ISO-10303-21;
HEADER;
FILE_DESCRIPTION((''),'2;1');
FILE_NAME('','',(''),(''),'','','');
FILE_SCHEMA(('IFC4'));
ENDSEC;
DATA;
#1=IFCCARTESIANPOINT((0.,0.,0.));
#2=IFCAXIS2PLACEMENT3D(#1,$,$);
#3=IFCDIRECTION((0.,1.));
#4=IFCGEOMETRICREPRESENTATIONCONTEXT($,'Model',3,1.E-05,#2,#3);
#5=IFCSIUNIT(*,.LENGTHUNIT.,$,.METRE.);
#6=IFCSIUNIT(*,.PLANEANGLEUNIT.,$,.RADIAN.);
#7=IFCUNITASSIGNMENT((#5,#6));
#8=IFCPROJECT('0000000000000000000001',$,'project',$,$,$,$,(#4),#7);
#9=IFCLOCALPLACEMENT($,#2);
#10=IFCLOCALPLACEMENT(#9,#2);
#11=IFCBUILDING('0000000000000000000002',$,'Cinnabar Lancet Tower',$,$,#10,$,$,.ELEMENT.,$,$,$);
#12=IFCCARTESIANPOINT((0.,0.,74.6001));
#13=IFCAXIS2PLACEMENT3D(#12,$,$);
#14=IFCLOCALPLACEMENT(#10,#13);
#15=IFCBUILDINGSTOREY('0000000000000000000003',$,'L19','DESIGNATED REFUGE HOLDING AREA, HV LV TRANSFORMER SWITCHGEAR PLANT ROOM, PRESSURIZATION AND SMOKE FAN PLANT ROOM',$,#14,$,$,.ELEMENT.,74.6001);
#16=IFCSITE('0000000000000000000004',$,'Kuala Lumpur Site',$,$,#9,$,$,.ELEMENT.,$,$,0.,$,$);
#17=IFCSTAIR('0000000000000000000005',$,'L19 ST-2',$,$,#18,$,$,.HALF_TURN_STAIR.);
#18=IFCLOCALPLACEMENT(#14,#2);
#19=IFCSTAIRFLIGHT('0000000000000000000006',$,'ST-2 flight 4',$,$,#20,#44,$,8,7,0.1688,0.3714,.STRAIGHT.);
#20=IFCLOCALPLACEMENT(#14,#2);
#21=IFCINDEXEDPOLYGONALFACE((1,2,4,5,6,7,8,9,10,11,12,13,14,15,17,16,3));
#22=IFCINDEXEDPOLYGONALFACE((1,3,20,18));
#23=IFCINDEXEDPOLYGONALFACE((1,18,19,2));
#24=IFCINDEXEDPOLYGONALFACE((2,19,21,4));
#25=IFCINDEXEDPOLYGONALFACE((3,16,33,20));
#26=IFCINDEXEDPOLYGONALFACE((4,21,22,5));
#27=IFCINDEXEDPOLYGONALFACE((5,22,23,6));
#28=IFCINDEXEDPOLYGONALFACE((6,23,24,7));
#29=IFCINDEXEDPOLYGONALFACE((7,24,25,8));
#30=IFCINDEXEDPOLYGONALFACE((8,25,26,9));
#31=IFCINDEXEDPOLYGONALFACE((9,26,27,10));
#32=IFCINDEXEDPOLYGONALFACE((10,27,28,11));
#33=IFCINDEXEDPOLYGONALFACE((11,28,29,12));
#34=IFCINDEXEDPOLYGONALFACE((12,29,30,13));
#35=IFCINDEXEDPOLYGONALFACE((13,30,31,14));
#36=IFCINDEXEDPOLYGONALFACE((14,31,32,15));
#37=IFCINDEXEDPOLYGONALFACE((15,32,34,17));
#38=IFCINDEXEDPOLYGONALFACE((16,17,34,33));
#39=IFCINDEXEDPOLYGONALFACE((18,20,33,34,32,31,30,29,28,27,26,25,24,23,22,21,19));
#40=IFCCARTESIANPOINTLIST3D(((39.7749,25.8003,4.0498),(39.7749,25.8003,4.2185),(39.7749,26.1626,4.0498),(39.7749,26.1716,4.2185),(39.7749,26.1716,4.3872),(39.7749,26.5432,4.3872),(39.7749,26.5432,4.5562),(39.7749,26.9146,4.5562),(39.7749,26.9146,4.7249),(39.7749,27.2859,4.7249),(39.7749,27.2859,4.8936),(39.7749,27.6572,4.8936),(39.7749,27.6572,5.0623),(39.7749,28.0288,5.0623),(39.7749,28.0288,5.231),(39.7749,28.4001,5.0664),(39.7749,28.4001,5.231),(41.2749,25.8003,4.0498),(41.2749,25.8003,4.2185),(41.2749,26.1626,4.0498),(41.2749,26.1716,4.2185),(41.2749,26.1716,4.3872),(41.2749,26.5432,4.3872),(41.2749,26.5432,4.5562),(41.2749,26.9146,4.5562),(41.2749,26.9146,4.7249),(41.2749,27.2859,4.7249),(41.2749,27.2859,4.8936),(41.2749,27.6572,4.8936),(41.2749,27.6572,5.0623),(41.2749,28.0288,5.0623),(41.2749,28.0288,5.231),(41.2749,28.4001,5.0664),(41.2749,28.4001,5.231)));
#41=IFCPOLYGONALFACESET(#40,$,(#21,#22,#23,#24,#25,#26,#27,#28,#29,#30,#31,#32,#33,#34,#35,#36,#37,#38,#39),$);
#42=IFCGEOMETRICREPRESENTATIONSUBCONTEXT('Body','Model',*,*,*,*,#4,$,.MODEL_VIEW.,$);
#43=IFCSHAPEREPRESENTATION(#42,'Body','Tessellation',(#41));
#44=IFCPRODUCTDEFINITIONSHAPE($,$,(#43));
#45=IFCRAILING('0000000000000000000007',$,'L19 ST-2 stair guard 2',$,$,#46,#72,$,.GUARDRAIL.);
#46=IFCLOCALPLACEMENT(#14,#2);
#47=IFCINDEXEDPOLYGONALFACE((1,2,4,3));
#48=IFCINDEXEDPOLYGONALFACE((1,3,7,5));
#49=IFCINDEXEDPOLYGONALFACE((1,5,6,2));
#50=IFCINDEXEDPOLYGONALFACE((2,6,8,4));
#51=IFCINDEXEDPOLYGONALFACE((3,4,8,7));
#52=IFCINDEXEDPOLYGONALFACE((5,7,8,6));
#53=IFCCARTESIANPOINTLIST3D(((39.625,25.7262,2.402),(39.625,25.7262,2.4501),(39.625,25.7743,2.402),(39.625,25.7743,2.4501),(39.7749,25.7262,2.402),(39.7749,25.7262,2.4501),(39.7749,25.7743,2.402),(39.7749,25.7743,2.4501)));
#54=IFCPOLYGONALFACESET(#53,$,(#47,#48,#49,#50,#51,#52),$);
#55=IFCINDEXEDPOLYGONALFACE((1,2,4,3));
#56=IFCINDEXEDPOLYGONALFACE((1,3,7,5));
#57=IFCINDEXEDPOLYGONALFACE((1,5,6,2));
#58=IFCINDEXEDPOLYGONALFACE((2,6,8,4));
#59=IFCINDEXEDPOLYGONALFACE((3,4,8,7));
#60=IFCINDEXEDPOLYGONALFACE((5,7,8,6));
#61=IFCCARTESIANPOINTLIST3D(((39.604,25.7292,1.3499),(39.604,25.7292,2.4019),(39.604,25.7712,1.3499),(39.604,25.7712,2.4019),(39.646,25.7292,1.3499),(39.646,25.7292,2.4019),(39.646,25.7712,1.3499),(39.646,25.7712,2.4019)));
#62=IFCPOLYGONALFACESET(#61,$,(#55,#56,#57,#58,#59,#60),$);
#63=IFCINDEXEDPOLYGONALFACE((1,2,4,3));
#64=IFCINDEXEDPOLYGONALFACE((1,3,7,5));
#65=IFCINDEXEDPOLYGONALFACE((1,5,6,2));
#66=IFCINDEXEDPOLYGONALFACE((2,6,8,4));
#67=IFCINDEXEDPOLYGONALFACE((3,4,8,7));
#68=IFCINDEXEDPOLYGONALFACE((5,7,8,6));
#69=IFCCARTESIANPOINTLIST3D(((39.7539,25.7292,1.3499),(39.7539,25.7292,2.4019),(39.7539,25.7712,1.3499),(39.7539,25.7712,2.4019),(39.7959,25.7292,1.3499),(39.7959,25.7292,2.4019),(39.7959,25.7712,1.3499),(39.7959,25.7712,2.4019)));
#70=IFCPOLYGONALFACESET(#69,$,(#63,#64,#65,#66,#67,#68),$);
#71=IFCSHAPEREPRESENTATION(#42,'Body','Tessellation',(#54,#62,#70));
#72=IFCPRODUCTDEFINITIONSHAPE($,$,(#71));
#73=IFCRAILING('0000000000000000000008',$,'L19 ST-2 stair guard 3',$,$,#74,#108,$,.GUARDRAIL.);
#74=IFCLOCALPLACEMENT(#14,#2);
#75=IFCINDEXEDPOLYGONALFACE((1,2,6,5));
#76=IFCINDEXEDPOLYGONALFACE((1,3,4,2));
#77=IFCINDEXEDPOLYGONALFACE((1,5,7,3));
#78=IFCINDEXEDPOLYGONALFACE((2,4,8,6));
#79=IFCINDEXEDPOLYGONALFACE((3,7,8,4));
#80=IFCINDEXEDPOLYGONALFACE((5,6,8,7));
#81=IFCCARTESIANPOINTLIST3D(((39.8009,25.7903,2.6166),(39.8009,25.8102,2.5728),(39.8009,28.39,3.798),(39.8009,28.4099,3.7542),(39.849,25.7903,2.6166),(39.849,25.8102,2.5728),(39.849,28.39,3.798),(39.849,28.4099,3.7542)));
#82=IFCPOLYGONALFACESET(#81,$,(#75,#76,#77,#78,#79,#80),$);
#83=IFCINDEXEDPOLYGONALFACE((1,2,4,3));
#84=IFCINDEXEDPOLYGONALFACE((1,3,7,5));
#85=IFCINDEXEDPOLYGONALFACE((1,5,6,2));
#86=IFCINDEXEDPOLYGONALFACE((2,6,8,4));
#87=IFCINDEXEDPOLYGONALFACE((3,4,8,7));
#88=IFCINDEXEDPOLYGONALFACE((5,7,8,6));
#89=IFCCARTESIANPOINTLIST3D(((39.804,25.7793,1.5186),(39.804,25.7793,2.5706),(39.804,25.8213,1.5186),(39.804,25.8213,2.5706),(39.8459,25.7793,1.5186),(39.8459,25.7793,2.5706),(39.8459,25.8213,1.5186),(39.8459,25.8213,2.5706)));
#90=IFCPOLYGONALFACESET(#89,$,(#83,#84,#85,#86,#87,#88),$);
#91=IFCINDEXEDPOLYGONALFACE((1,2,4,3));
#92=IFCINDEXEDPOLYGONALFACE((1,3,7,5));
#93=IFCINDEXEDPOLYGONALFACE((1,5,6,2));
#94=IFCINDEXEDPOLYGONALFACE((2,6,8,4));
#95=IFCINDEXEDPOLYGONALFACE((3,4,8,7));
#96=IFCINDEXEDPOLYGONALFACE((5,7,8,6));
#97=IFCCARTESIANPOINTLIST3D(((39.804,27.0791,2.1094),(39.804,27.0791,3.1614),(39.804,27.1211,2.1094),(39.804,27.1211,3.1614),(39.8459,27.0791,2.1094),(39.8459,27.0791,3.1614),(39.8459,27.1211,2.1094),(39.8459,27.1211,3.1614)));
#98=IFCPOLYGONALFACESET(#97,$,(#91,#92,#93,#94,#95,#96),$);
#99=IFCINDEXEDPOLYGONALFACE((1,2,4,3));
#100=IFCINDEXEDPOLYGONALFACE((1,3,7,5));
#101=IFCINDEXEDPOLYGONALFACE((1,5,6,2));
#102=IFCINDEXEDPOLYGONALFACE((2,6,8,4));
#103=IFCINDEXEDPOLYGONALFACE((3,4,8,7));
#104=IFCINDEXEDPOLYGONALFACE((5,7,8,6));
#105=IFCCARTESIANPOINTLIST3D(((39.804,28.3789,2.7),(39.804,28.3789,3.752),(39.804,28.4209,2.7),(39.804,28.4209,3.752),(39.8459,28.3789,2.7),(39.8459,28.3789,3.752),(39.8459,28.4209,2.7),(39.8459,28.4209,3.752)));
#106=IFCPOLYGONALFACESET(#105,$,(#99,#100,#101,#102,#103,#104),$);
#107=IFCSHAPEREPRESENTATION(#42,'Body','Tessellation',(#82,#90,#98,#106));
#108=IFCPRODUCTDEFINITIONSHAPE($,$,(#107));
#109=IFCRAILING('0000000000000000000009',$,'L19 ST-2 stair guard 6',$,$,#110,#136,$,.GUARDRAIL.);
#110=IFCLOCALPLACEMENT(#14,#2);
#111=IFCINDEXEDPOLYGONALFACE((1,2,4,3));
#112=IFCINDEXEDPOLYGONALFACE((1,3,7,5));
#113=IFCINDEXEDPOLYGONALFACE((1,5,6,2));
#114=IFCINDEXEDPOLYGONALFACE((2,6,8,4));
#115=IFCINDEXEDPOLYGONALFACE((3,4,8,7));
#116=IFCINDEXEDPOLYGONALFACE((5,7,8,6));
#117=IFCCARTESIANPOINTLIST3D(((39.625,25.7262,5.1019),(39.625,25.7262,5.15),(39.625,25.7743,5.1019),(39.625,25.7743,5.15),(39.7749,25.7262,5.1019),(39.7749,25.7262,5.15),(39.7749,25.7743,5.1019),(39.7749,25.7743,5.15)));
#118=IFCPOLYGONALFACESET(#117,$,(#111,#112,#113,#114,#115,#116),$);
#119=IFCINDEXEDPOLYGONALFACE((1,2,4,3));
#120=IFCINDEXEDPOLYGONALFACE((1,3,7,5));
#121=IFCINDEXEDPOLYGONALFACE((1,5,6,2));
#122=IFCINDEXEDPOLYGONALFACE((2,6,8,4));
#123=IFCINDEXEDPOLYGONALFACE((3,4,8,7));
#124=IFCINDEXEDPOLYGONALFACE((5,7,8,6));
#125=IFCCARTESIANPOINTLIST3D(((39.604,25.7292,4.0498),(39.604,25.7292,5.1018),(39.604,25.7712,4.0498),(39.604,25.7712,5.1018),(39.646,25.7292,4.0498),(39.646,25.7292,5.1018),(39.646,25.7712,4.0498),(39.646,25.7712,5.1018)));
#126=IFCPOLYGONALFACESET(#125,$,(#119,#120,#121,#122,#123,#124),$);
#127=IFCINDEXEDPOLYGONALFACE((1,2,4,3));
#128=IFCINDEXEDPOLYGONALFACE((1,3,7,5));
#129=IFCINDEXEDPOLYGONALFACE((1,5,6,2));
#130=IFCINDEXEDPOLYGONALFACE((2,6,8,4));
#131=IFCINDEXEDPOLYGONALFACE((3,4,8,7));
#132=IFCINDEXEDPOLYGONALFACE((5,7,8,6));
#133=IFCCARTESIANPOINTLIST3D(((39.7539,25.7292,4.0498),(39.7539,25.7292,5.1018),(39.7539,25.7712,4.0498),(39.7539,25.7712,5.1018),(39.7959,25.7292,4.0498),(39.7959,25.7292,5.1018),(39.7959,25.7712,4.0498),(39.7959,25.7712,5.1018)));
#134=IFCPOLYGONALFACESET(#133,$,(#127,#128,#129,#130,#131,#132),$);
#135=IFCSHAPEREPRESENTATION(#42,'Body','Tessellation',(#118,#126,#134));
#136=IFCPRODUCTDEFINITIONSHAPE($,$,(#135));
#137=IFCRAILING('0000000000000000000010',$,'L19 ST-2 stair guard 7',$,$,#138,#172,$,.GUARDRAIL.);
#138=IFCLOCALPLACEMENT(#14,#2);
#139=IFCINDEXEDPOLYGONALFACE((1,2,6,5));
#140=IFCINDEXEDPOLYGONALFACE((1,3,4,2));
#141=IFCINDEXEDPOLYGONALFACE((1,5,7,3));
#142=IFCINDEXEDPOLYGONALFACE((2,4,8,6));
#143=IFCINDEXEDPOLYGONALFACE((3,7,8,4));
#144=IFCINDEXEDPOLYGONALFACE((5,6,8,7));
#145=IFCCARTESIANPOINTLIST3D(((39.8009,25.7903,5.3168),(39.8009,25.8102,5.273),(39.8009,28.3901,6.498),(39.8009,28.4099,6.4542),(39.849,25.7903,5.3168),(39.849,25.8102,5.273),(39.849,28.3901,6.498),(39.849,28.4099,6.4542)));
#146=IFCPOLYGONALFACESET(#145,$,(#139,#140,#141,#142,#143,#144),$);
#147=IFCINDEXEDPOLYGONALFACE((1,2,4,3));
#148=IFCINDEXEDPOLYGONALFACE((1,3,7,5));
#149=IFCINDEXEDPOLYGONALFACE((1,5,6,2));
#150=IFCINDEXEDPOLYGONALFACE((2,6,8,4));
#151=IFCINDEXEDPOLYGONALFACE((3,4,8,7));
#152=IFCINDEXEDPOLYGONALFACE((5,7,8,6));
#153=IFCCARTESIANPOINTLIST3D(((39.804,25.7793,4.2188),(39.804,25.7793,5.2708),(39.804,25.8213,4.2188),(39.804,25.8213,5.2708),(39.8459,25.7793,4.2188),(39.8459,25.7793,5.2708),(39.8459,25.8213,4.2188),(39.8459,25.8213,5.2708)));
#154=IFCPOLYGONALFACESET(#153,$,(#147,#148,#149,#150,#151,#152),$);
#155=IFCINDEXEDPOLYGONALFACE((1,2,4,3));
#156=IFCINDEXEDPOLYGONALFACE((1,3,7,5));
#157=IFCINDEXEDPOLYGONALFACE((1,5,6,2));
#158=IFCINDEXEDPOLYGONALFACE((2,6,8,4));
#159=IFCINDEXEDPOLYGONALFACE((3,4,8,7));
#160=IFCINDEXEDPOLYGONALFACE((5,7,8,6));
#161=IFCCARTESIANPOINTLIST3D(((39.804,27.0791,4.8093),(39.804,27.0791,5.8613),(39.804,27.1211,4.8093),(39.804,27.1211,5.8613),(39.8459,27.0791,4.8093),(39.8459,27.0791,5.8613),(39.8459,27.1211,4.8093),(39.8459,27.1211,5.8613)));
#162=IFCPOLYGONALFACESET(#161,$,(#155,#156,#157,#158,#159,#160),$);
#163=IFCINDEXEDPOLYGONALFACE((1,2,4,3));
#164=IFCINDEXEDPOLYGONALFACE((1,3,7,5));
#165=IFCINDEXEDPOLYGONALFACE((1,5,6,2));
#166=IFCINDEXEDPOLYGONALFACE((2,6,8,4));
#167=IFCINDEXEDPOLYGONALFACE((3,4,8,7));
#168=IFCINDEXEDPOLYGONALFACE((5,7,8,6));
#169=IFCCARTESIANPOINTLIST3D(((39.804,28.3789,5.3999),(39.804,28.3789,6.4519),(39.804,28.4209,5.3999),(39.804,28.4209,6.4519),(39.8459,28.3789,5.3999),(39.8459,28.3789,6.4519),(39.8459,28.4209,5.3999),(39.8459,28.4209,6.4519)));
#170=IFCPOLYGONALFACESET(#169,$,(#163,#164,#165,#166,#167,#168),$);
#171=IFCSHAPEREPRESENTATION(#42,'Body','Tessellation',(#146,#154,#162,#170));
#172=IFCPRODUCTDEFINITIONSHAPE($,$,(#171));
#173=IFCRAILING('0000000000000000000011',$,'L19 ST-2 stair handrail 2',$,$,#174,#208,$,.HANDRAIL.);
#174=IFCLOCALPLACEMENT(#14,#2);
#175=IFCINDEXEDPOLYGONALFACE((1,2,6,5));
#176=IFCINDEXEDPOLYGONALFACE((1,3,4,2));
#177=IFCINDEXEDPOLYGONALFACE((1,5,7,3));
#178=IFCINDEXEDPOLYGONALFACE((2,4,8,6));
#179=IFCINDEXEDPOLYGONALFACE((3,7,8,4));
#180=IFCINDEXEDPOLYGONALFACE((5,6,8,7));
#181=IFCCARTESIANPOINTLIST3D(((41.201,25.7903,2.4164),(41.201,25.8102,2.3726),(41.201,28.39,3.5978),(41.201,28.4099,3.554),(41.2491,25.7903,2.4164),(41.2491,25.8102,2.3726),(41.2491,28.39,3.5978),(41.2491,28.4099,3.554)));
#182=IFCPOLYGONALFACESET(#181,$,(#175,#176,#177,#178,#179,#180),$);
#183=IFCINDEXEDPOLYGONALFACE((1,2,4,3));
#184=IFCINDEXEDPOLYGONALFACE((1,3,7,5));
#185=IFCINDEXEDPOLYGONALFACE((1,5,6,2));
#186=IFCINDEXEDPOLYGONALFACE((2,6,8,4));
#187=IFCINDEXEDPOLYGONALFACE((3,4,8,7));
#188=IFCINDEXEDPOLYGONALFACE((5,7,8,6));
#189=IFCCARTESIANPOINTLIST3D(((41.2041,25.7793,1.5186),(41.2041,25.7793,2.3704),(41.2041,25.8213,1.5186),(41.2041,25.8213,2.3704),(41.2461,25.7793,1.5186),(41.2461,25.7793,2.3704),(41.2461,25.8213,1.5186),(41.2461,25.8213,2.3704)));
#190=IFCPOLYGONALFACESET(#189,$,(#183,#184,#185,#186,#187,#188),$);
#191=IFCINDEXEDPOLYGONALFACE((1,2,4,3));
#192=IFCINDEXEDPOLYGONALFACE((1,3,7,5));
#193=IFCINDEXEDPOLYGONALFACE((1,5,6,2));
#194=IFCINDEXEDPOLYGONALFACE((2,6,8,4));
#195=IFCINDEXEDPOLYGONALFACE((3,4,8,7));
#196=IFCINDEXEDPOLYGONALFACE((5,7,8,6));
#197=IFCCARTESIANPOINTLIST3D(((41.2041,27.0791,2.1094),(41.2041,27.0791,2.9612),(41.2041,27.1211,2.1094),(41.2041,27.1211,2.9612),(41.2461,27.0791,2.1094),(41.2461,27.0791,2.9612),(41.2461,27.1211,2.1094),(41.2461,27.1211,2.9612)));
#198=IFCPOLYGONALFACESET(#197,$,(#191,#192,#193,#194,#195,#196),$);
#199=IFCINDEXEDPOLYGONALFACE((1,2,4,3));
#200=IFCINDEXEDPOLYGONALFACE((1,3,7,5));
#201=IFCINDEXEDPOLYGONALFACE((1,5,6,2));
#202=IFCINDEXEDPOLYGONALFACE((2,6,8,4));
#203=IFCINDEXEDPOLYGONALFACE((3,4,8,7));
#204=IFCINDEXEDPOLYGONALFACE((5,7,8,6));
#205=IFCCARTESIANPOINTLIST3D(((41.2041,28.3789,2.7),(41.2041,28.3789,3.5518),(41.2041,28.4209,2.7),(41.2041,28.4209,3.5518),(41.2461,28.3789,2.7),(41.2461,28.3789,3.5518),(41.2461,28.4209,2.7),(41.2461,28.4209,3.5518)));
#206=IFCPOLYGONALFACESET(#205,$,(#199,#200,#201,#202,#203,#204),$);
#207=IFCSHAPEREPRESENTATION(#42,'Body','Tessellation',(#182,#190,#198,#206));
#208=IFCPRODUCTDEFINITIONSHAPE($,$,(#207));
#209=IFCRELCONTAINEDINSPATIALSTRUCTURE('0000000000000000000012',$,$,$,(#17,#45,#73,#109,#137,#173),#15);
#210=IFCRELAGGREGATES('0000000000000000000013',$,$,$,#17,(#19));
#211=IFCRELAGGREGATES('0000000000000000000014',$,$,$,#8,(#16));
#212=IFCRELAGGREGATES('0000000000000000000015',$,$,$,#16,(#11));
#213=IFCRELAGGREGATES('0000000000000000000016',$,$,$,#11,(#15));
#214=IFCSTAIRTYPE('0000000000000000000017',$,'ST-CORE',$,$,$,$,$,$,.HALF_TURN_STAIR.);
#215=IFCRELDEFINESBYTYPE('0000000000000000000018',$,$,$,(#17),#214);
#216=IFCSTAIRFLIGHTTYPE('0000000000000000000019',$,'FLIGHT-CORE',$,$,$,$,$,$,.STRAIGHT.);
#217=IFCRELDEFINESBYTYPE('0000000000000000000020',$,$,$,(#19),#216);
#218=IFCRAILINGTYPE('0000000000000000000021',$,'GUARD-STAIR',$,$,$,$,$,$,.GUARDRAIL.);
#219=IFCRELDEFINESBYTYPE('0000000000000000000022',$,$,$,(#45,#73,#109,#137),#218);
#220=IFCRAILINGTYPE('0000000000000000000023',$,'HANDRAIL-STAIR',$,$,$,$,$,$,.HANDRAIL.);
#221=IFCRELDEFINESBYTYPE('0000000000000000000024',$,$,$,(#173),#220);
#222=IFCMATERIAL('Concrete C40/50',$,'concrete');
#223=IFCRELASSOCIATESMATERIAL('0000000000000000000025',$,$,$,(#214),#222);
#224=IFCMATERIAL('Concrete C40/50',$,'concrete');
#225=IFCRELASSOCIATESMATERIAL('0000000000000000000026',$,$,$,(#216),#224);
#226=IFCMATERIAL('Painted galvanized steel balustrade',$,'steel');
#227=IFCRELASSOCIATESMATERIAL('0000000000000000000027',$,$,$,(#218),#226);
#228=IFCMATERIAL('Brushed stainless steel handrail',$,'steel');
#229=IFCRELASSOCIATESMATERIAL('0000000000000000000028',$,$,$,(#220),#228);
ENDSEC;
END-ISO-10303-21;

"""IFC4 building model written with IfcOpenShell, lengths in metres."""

from ifc_helpers import new_model, si_unit, direction, frame, origin, origin_2d, place, context, subcontext, project, spatial, polyline, rectangle, outline, extrude, material, type_object, element, aggregate, save


model = new_model("IFC4")

# Units and contexts
model_context = context("Model", 3, precision=1e-05, world=origin(), true_north=direction((0.0, 1.0)))
body_context = subcontext(model_context, "Body", "Model", "MODEL_VIEW")
ifc_project = project(units=[si_unit("LENGTHUNIT", "METRE"), si_unit("PLANEANGLEUNIT", "RADIAN")], contexts=[model_context])

# Site, building, storey
site_placement = place(None, origin())
site = spatial("IfcSite", under=ifc_project, at=site_placement, Name="Kuala Lumpur Site", CompositionType="ELEMENT", RefElevation=0.0)
building_placement = place(site_placement, origin())
building = spatial("IfcBuilding", under=site, at=building_placement, Name="Cinnabar Lancet Tower", CompositionType="ELEMENT")
storey_placement = place(building_placement, frame((0.0, 0.0, 74.6001)))
storey = spatial("IfcBuildingStorey", under=building, at=storey_placement, Name="L19", Description="DESIGNATED REFUGE HOLDING AREA, HV LV TRANSFORMER SWITCHGEAR PLANT ROOM, PRESSURIZATION AND SMOKE FAN PLANT ROOM", CompositionType="ELEMENT", Elevation=74.6001)

# Stair, stair flight
ifc_material_1 = material(Name="Concrete C40/50", Category="concrete")
stair_type = type_object("IfcStairType", Name="ST-CORE", PredefinedType="HALF_TURN_STAIR", material=ifc_material_1)
stair_placement = place(storey_placement, origin())
stair = element("IfcStair", 1, at=stair_placement, inside=storey, type_object=stair_type, Name="L19 ST-2", PredefinedType="HALF_TURN_STAIR")
ifc_material_2 = material(Name="Concrete C40/50", Category="concrete")
stair_flight_type = type_object("IfcStairFlightType", Name="FLIGHT-CORE", PredefinedType="STRAIGHT", material=ifc_material_2)
stair_flight_1_placement = place(storey_placement, frame((40.5249, 25.8003, 4.0498), z_axis=(0.0, 0.0, 1.0), x_axis=(0.0, 1.0, 0.0)))
stair_flight_1 = element("IfcStairFlight", 2, at=stair_flight_1_placement, type_object=stair_flight_type, Name="ST-2 flight 4", NumberOfRisers=8, NumberOfTreads=7, PredefinedType="STRAIGHT", RiserHeight=0.1688, TreadLength=0.3714, context=body_context, shape_type="SweptSolid", body=[
    extrude(outline(polyline([(0.0, 0.0), (0.0, 0.1687), (0.3713, 0.1687), (0.3713, 0.3374), (0.7429, 0.3374), (0.7429, 0.5063), (1.1143, 0.5063), (1.1143, 0.675), (1.4856, 0.675), (1.4856, 0.8438), (1.8569, 0.8438), (1.8569, 1.0125), (2.2285, 1.0125), (2.2285, 1.1812), (2.5999, 1.1812), (2.5999, 1.3501), (2.5999, 1.0166), (0.3623, 0.0), (0.0, 0.0)])), frame((0.0, 0.75, 0.0), z_axis=(0.0, -1.0, 0.0), x_axis=(1.0, 0.0, 0.0)), (0.0, 0.0, 1.0), 1.5),
])
aggregate(stair, [stair_flight_1])

# Railings
ifc_material_3 = material(Name="Painted galvanized steel balustrade", Category="steel")
railing_type_1 = type_object("IfcRailingType", Name="GUARD-STAIR", PredefinedType="GUARDRAIL", material=ifc_material_3)
railing_1_placement = place(storey_placement, frame((39.625, 25.7502, 1.3499)))
element("IfcRailing", 3, at=railing_1_placement, inside=storey, type_object=railing_type_1, Name="L19 ST-2 stair guard 2", PredefinedType="GUARDRAIL", context=body_context, shape_type="SweptSolid", body=[
    extrude(rectangle(XDim=0.0481, YDim=0.0481, at=origin_2d()), frame((0.0, 0.0, 1.0762), z_axis=(1.0, 0.0, 0.0), x_axis=(0.0, 1.0, 0.0)), (0.0, 0.0, 1.0), 0.1499),
    extrude(rectangle(XDim=0.042, YDim=0.042, at=origin_2d()), origin(), (0.0, 0.0, 1.0), 1.052),
    extrude(rectangle(XDim=0.042, YDim=0.042, at=origin_2d()), frame((0.1499, 0.0, 0.0)), (0.0, 0.0, 1.0), 1.052),
])
railing_2_placement = place(storey_placement, frame((39.825, 25.8003, 1.5186)))
element("IfcRailing", 4, at=railing_2_placement, inside=storey, type_object=railing_type_1, Name="L19 ST-2 stair guard 3", PredefinedType="GUARDRAIL", context=body_context, shape_type="SweptSolid", body=[
    extrude(rectangle(XDim=0.0481, YDim=0.0481, at=origin_2d()), frame((0.0, 0.0, 1.0762), z_axis=(0.0, 0.910399, 0.413732), x_axis=(-1.0, 0.0, 0.0)), (0.0, 0.0, 1.0), 2.8555),
    extrude(rectangle(XDim=0.042, YDim=0.042, at=origin_2d()), origin(), (0.0, 0.0, 1.0), 1.052),
    extrude(rectangle(XDim=0.042, YDim=0.042, at=origin_2d()), frame((0.0, 1.2998, 0.5908)), (0.0, 0.0, 1.0), 1.052),
    extrude(rectangle(XDim=0.042, YDim=0.042, at=origin_2d()), frame((0.0, 2.5996, 1.1814)), (0.0, 0.0, 1.0), 1.052),
])
railing_3_placement = place(storey_placement, frame((39.625, 25.7502, 4.0498)))
element("IfcRailing", 5, at=railing_3_placement, inside=storey, type_object=railing_type_1, Name="L19 ST-2 stair guard 6", PredefinedType="GUARDRAIL", context=body_context, shape_type="SweptSolid", body=[
    extrude(rectangle(XDim=0.0481, YDim=0.0481, at=origin_2d()), frame((0.0, 0.0, 1.0762), z_axis=(1.0, 0.0, 0.0), x_axis=(0.0, 1.0, 0.0)), (0.0, 0.0, 1.0), 0.1499),
    extrude(rectangle(XDim=0.042, YDim=0.042, at=origin_2d()), origin(), (0.0, 0.0, 1.0), 1.052),
    extrude(rectangle(XDim=0.042, YDim=0.042, at=origin_2d()), frame((0.1499, 0.0, 0.0)), (0.0, 0.0, 1.0), 1.052),
])
railing_4_placement = place(storey_placement, frame((39.825, 25.8003, 4.2188)))
element("IfcRailing", 6, at=railing_4_placement, inside=storey, type_object=railing_type_1, Name="L19 ST-2 stair guard 7", PredefinedType="GUARDRAIL", context=body_context, shape_type="SweptSolid", body=[
    extrude(rectangle(XDim=0.0481, YDim=0.0481, at=origin_2d()), frame((0.0, 0.0, 1.0762), z_axis=(0.0, 0.910431, 0.413661), x_axis=(-1.0, 0.0, 0.0)), (0.0, 0.0, 1.0), 2.8555),
    extrude(rectangle(XDim=0.042, YDim=0.042, at=origin_2d()), origin(), (0.0, 0.0, 1.0), 1.052),
    extrude(rectangle(XDim=0.042, YDim=0.042, at=origin_2d()), frame((0.0, 1.2998, 0.5906)), (0.0, 0.0, 1.0), 1.052),
    extrude(rectangle(XDim=0.042, YDim=0.042, at=origin_2d()), frame((0.0, 2.5996, 1.1812)), (0.0, 0.0, 1.0), 1.052),
])
ifc_material_4 = material(Name="Brushed stainless steel handrail", Category="steel")
railing_type_2 = type_object("IfcRailingType", Name="HANDRAIL-STAIR", PredefinedType="HANDRAIL", material=ifc_material_4)
railing_5_placement = place(storey_placement, frame((41.2251, 25.8003, 1.5186)))
element("IfcRailing", 7, at=railing_5_placement, inside=storey, type_object=railing_type_2, Name="L19 ST-2 stair handrail 2", PredefinedType="HANDRAIL", context=body_context, shape_type="SweptSolid", body=[
    extrude(rectangle(XDim=0.0481, YDim=0.0481, at=origin_2d()), frame((0.0, 0.0, 0.876), z_axis=(0.0, 0.910399, 0.413732), x_axis=(-1.0, 0.0, 0.0)), (0.0, 0.0, 1.0), 2.8555),
    extrude(rectangle(XDim=0.042, YDim=0.042, at=origin_2d()), origin(), (0.0, 0.0, 1.0), 0.8518),
    extrude(rectangle(XDim=0.042, YDim=0.042, at=origin_2d()), frame((0.0, 1.2998, 0.5908)), (0.0, 0.0, 1.0), 0.8518),
    extrude(rectangle(XDim=0.042, YDim=0.042, at=origin_2d()), frame((0.0, 2.5996, 1.1814)), (0.0, 0.0, 1.0), 0.8518),
])

save(model, "model.ifc")
